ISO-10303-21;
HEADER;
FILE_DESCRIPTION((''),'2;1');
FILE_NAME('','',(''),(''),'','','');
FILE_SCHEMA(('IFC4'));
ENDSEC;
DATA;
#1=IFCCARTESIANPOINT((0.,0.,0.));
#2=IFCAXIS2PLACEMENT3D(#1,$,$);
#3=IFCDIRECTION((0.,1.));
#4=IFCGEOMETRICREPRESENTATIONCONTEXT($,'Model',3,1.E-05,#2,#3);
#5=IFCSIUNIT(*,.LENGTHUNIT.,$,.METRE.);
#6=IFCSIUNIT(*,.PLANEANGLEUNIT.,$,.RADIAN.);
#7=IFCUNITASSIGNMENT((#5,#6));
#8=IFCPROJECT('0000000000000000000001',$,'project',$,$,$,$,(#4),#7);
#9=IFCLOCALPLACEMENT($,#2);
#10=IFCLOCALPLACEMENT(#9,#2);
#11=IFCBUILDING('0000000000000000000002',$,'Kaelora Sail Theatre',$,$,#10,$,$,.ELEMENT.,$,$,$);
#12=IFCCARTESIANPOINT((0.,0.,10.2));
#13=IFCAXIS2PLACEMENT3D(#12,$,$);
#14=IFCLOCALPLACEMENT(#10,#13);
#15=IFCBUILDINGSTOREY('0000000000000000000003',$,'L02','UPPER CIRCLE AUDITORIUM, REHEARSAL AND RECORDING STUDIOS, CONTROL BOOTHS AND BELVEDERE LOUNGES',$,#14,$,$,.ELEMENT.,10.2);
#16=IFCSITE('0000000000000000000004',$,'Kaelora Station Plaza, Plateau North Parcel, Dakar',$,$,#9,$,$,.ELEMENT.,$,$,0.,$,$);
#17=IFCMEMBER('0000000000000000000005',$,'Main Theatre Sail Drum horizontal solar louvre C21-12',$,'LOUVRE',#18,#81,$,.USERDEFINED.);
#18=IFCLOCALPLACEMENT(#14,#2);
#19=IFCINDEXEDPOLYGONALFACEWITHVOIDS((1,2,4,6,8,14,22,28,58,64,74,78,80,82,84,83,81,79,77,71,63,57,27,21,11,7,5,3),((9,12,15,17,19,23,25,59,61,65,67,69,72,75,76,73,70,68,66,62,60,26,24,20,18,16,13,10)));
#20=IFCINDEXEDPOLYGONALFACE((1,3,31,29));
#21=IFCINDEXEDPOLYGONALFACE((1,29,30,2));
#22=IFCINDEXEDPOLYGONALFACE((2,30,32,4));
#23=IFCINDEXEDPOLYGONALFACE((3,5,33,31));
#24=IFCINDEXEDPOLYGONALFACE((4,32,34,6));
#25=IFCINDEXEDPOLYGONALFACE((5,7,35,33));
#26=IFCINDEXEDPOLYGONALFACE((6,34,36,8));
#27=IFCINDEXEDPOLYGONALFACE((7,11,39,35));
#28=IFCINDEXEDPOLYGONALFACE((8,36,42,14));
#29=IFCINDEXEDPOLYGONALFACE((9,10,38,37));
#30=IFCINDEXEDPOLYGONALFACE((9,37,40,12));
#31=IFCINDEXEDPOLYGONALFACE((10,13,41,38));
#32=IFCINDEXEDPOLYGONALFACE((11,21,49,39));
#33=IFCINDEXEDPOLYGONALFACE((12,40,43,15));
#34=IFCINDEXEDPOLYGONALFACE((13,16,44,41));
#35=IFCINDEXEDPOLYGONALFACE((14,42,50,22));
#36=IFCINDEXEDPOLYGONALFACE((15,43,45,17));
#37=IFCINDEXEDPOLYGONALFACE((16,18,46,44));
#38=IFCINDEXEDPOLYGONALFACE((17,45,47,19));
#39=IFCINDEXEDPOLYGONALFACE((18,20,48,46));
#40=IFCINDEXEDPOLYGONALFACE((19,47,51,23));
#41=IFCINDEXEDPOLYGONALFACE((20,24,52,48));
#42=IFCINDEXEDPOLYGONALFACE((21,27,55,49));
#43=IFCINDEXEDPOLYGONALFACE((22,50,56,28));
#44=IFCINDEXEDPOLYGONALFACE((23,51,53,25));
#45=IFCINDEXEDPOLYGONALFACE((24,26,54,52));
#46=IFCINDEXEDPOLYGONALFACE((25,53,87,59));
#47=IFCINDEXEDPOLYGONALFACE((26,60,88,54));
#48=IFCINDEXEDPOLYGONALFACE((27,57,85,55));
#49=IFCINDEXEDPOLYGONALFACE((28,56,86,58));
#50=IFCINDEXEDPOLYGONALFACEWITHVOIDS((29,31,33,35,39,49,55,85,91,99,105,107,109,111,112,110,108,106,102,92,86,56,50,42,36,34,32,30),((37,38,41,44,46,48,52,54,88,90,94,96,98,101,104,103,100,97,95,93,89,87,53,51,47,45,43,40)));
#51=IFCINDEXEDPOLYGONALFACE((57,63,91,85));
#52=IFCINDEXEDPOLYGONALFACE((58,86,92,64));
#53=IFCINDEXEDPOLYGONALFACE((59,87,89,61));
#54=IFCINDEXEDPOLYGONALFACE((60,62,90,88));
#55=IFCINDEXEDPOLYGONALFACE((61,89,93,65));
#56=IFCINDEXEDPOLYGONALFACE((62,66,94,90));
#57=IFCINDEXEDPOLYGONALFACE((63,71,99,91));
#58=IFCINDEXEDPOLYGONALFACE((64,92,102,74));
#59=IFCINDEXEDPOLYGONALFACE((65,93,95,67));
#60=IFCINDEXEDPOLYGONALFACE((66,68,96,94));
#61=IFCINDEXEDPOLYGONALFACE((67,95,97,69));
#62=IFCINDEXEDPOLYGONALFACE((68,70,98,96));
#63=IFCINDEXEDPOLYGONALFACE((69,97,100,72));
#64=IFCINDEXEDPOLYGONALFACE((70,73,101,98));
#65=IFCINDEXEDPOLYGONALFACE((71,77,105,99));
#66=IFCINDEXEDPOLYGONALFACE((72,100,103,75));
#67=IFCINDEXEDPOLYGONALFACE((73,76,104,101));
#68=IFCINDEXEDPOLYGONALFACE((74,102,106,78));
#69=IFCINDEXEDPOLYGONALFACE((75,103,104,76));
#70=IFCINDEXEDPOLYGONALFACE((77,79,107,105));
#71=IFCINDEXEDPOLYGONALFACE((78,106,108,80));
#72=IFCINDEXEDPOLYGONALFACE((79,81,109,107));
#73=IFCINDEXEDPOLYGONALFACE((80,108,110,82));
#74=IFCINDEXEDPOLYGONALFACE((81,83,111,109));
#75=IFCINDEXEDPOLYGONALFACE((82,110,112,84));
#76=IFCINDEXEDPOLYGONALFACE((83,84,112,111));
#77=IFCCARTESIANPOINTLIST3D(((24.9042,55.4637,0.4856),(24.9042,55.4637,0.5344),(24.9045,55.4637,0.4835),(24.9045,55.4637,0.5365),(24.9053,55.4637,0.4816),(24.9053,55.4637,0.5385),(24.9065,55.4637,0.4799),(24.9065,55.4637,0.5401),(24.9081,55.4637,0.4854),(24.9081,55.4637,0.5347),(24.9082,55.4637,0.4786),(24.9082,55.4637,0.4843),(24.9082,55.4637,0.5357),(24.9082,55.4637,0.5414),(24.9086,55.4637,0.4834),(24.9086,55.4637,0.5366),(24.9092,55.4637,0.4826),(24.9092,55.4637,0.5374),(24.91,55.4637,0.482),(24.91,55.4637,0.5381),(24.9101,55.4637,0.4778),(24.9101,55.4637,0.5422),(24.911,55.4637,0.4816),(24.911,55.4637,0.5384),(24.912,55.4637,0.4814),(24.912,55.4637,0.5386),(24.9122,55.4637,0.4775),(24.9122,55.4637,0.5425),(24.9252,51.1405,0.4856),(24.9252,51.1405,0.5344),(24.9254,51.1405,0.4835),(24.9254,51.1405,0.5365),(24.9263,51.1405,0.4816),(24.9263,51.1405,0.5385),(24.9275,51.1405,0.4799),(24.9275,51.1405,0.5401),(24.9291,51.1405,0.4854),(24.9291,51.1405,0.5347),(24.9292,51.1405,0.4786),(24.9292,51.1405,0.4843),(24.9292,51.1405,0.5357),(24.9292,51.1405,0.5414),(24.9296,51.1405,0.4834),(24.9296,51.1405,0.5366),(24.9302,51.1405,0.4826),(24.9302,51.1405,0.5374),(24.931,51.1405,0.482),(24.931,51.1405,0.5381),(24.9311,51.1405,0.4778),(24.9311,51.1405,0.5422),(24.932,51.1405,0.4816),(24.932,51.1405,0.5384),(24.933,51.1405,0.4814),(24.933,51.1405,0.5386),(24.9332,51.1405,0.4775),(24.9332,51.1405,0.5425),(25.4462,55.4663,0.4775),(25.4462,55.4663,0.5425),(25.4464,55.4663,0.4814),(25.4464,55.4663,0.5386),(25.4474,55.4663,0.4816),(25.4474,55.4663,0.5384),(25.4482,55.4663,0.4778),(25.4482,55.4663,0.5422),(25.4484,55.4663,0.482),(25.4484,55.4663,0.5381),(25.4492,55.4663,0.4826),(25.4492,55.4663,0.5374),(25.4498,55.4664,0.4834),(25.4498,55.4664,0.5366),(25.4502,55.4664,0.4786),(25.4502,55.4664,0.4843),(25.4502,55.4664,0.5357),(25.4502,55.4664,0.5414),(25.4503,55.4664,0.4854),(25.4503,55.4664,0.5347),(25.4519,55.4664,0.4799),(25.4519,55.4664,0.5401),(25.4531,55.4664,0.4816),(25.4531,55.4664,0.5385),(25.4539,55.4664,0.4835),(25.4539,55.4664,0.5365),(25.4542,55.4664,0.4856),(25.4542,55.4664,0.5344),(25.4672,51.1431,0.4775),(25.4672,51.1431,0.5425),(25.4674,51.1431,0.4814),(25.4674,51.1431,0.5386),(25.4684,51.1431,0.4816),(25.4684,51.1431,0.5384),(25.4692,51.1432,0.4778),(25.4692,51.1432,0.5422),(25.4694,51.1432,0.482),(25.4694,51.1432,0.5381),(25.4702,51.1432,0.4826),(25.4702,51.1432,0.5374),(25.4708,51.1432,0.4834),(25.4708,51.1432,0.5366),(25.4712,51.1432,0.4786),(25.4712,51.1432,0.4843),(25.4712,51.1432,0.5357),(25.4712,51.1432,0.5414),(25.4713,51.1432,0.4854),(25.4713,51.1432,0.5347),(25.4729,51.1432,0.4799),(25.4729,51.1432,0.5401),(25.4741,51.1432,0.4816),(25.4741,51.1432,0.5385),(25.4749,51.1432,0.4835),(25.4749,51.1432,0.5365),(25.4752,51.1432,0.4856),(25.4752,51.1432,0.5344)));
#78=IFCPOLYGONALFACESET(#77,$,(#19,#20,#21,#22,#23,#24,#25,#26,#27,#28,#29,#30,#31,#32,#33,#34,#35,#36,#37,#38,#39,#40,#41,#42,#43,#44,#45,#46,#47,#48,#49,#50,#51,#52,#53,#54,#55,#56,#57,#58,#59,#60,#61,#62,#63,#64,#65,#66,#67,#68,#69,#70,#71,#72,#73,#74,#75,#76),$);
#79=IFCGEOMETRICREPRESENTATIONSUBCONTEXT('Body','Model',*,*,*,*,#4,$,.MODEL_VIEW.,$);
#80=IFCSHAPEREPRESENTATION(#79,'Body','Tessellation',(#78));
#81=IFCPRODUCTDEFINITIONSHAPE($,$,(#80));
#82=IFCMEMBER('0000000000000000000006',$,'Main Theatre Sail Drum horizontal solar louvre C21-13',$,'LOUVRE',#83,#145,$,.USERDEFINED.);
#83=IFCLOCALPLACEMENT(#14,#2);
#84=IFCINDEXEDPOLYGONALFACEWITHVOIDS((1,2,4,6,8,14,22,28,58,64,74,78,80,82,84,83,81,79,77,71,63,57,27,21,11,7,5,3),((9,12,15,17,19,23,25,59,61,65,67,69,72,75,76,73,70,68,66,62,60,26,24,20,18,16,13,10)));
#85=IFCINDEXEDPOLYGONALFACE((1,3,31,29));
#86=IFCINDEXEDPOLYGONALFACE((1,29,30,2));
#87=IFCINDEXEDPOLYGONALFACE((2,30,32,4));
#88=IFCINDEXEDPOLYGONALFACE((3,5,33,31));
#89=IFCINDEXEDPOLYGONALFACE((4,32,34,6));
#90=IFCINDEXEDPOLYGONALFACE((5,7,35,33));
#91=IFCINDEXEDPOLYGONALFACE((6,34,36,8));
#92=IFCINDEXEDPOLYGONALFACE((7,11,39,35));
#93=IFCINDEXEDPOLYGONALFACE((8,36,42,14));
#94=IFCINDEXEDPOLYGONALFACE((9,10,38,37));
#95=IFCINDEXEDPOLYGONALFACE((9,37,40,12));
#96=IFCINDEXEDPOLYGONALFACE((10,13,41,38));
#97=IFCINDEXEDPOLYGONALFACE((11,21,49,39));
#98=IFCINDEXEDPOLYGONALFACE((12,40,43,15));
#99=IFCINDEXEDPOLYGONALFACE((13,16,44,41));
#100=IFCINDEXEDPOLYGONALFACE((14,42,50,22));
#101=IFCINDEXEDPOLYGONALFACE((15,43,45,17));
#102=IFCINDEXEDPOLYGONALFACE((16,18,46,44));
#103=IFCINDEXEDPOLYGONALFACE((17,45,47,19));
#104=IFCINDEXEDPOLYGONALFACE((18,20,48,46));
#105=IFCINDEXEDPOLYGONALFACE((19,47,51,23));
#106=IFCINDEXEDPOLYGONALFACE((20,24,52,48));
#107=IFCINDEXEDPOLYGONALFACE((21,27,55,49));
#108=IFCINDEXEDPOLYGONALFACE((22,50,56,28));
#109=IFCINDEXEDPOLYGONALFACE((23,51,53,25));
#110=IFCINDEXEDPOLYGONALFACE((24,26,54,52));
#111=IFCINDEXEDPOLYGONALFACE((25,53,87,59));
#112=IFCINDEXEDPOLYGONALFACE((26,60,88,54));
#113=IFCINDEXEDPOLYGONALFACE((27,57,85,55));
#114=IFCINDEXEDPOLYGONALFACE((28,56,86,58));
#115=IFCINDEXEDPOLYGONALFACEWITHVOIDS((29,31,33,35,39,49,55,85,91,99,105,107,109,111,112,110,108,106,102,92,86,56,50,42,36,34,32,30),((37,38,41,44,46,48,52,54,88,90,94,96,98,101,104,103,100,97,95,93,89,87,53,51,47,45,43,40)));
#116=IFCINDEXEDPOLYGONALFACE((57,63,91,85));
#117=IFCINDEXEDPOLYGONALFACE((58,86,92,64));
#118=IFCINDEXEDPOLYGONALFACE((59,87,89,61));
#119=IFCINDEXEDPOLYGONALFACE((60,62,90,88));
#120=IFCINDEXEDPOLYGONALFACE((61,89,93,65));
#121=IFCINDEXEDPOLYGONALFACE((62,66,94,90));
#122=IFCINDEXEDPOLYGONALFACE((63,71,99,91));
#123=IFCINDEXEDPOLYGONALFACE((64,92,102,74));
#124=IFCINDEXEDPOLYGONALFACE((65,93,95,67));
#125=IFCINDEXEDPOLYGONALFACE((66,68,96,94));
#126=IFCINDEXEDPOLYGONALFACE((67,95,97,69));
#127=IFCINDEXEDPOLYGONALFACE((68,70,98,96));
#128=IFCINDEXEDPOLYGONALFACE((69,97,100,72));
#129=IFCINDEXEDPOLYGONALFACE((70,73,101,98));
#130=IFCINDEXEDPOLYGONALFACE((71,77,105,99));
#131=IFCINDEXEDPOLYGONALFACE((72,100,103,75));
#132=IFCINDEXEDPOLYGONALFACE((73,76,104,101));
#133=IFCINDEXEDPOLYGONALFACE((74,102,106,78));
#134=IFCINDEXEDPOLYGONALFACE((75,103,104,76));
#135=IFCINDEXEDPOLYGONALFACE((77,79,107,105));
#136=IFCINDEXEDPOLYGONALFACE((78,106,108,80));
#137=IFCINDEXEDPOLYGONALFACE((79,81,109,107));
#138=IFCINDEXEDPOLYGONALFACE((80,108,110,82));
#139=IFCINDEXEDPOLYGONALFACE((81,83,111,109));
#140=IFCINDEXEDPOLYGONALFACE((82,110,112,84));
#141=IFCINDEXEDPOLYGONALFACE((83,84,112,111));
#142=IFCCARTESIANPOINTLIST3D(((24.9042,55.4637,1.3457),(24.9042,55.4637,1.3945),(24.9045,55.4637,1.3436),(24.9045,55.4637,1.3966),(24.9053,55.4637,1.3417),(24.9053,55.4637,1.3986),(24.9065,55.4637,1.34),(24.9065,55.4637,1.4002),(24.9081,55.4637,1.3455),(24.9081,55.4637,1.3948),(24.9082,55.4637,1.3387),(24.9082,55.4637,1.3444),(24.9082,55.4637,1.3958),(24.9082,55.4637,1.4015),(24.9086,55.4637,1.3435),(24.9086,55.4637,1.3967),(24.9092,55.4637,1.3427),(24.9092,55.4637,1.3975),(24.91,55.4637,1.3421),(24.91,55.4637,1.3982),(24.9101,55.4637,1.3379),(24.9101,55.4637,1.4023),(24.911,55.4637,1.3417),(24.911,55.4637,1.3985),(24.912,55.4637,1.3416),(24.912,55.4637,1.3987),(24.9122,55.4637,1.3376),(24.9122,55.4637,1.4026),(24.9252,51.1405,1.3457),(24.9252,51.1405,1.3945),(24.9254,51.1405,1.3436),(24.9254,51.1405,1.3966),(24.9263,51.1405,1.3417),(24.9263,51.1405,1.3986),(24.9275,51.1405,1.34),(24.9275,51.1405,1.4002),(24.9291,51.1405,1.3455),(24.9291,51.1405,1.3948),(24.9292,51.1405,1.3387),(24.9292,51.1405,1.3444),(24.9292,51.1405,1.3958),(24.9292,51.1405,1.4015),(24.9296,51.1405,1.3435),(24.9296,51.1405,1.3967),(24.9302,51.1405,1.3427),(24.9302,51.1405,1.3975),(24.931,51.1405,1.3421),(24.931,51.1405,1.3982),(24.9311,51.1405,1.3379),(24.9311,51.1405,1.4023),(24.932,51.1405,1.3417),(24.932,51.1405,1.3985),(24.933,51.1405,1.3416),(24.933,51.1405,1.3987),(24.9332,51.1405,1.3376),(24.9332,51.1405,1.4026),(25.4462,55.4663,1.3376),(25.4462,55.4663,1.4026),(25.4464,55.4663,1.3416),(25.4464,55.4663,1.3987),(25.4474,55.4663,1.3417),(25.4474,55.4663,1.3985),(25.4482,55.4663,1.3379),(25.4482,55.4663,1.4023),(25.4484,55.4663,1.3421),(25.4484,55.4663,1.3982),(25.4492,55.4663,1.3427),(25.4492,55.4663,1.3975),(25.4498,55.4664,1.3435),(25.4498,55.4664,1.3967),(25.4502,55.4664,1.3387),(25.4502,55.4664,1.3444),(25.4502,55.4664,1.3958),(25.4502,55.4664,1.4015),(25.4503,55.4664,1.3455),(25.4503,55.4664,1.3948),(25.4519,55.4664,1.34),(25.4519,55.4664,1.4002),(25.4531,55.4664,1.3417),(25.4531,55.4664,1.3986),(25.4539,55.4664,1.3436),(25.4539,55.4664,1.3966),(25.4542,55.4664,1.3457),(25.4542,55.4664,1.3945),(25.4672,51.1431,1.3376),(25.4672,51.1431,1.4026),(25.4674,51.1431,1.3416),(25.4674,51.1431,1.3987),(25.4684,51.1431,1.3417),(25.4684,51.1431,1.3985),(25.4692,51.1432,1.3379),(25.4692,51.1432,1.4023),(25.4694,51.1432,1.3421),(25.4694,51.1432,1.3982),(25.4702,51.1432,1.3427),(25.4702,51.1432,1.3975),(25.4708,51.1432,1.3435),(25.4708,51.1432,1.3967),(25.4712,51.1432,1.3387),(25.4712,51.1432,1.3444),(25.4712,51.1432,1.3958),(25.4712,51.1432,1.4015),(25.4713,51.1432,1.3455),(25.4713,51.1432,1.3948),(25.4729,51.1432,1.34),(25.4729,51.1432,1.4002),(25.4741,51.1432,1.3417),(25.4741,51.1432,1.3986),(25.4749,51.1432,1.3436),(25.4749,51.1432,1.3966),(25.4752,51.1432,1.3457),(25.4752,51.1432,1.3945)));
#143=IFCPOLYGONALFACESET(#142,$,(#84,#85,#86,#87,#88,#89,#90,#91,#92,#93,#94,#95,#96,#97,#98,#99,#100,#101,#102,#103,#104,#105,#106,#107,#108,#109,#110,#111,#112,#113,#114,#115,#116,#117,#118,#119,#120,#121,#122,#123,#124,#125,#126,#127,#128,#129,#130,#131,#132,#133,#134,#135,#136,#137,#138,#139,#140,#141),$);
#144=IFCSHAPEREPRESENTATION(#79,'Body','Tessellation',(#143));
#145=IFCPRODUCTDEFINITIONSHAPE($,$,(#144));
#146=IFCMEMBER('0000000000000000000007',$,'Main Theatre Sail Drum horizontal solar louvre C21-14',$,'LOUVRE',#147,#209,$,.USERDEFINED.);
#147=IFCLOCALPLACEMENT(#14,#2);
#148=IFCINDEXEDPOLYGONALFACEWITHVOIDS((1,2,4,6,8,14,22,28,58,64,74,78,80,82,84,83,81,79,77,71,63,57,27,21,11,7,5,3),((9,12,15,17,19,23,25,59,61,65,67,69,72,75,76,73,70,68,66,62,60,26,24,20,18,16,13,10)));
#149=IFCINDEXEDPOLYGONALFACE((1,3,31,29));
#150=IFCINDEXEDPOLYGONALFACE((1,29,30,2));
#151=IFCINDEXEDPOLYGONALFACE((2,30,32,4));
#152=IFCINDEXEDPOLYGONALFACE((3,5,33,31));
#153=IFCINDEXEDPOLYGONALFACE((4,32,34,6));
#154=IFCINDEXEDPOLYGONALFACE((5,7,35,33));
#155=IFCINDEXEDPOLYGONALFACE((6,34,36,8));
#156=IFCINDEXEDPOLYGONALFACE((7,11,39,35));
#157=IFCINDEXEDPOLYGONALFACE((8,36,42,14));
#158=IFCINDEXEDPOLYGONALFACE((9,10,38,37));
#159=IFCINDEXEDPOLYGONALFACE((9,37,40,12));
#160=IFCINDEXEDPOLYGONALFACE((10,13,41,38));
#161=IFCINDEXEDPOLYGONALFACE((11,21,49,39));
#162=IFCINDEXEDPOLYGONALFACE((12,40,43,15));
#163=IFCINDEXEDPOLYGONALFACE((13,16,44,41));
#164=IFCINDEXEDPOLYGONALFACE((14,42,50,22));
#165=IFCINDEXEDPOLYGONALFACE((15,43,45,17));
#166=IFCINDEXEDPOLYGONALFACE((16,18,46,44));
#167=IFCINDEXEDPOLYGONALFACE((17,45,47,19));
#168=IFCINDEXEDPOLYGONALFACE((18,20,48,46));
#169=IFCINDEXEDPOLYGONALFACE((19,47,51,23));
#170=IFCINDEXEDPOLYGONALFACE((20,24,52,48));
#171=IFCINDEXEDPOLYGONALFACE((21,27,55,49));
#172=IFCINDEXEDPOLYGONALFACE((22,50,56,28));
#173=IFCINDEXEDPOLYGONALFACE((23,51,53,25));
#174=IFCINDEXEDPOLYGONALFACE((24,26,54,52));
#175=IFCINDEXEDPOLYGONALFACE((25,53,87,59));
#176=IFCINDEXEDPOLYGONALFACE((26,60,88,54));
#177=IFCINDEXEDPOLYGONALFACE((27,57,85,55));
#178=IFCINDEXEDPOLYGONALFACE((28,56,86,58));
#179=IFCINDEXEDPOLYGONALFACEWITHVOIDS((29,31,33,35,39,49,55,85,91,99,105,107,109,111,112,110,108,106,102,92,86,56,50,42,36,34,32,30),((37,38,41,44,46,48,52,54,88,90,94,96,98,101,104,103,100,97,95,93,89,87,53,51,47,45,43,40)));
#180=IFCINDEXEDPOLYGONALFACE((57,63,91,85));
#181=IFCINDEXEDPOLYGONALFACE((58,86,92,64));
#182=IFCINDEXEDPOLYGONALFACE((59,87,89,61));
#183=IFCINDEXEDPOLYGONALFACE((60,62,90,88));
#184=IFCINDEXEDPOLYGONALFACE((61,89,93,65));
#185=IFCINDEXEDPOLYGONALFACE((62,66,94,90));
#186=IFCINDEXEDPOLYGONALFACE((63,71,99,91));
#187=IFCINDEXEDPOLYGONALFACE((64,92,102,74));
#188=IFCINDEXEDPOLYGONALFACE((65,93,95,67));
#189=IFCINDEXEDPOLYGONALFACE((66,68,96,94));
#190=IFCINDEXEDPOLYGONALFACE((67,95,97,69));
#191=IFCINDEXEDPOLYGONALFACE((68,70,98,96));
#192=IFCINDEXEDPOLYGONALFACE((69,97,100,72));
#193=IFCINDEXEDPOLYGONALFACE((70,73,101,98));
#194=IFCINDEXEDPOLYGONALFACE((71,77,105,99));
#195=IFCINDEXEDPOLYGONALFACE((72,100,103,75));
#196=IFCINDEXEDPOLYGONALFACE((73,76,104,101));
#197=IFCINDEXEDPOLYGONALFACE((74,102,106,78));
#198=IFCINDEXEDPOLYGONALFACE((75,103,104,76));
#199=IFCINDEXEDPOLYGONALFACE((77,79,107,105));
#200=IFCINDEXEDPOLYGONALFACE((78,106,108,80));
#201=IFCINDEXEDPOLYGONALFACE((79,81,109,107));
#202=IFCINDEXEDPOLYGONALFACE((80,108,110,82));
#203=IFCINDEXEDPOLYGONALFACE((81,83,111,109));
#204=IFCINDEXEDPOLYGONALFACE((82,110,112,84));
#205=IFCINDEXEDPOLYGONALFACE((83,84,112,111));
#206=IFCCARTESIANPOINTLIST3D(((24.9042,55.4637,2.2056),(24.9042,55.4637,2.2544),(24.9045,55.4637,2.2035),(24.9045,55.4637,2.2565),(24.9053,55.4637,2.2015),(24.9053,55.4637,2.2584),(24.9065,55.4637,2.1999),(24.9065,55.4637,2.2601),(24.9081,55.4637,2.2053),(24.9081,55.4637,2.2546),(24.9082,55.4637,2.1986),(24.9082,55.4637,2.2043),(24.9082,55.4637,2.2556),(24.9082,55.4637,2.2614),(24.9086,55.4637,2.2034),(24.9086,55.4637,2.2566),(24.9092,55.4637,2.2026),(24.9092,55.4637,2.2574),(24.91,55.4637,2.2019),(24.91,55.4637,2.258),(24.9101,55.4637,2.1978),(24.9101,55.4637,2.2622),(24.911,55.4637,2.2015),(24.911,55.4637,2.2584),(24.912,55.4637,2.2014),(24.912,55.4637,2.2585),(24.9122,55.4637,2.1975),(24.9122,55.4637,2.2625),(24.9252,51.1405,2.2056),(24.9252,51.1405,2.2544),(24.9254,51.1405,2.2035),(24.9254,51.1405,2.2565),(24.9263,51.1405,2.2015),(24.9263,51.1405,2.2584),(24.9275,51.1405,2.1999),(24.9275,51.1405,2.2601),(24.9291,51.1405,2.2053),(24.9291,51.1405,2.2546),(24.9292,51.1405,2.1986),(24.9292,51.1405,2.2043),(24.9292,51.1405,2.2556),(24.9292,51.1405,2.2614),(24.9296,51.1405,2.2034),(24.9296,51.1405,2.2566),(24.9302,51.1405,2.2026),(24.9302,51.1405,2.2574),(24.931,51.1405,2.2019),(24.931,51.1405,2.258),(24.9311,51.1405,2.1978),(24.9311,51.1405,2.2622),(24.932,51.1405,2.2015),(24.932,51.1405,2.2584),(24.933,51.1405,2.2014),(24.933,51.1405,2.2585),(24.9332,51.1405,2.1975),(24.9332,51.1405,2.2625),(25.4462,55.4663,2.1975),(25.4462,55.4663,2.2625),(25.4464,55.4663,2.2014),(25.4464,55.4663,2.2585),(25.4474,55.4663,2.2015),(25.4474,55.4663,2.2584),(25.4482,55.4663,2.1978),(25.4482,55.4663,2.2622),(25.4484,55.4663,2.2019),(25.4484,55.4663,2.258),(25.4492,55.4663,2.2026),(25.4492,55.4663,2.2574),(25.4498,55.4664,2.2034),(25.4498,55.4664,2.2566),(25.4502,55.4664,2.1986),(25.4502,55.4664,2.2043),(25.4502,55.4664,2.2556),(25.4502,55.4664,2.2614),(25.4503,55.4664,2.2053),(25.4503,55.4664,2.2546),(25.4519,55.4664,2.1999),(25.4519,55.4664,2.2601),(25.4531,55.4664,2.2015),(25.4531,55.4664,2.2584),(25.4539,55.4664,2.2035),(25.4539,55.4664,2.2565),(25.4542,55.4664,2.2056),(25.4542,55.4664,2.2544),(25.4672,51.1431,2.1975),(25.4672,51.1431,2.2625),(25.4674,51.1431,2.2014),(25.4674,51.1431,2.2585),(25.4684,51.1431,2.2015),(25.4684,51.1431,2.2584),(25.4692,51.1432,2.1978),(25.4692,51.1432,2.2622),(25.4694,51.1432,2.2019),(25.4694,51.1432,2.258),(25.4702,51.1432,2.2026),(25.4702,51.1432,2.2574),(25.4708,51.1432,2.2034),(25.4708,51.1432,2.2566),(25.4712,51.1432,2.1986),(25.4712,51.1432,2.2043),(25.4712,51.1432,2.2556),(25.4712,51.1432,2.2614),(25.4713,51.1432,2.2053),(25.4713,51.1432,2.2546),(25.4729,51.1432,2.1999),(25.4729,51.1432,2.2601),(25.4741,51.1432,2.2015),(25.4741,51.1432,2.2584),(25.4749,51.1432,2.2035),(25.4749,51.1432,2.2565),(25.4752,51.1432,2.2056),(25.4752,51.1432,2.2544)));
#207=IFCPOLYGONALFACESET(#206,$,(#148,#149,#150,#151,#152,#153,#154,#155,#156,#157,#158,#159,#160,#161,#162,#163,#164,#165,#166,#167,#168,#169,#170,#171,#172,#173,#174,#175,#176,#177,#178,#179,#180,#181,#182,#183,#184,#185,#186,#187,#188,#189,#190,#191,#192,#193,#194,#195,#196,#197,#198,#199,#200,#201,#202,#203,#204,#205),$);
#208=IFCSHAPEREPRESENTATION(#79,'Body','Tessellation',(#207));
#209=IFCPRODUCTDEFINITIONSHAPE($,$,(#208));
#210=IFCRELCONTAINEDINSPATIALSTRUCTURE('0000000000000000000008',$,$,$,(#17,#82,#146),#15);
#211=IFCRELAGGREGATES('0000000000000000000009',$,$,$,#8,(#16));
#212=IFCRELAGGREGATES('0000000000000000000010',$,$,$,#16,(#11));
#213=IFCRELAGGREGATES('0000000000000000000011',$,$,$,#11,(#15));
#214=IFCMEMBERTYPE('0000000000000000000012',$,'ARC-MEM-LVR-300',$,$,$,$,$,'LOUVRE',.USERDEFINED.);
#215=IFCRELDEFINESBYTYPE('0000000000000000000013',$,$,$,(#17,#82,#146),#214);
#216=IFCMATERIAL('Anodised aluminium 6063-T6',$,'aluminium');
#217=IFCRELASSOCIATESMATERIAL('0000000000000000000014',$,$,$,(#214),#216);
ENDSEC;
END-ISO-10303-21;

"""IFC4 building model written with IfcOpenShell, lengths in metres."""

from ifc_helpers import new_model, si_unit, direction, frame, origin, origin_2d, place, context, subcontext, project, spatial, hollow_rectangle, extrude, material, material_profile, profile_set, type_object, element, save


model = new_model("IFC4")

# Units and contexts
model_context = context("Model", 3, precision=1e-05, world=origin(), true_north=direction((0.0, 1.0)))
body_context = subcontext(model_context, "Body", "Model", "MODEL_VIEW")
ifc_project = project(units=[si_unit("LENGTHUNIT", "METRE"), si_unit("PLANEANGLEUNIT", "RADIAN")], contexts=[model_context])

# Site, building, storey
site_placement = place(None, origin())
site = spatial("IfcSite", under=ifc_project, at=site_placement, Name="Kaelora Station Plaza, Plateau North Parcel, Dakar", CompositionType="ELEMENT", RefElevation=0.0)
building_placement = place(site_placement, origin())
building = spatial("IfcBuilding", under=site, at=building_placement, Name="Kaelora Sail Theatre", CompositionType="ELEMENT")
storey_placement = place(building_placement, frame((0.0, 0.0, 10.2)))
storey = spatial("IfcBuildingStorey", under=building, at=storey_placement, Name="L02", Description="UPPER CIRCLE AUDITORIUM, REHEARSAL AND RECORDING STUDIOS, CONTROL BOOTHS AND BELVEDERE LOUNGES", CompositionType="ELEMENT", Elevation=10.2)

# Members
ifc_material_1 = material(Name="Anodised aluminium 6063-T6", Category="aluminium")
ifc_material_profile_1 = material_profile(ifc_material_1, hollow_rectangle(XDim=0.55, YDim=0.0649, WallThickness=0.0039, InnerFilletRadius=0.0039, OuterFilletRadius=0.0081, at=origin_2d()), Name="LOUVRE 550x65x4")
ifc_profile_set_1 = profile_set([ifc_material_profile_1], Name="Anodised aluminium 6063-T6")
member_type = type_object("IfcMemberType", Name="ARC-MEM-LVR-300", ElementType="LOUVRE", PredefinedType="USERDEFINED", material=ifc_profile_set_1)
for number, where, z_axis, x_axis, name in (
    (1, (25.2002, 51.1418, 0.51), (-0.004857, 0.999988, 0.0), (-0.999988, -0.004857, 0.0), "Main Theatre Sail Drum horizontal solar louvre C21-12"),
    (2, (25.2002, 51.1418, 1.3701), (-0.004857, 0.999988, 0.0), (-0.999988, -0.004857, 0.0), "Main Theatre Sail Drum horizontal solar louvre C21-13"),
    (3, (25.2002, 51.1418, 2.23), (-0.004857, 0.999988, 0.0), (-0.999988, -0.004857, 0.0), "Main Theatre Sail Drum horizontal solar louvre C21-14"),
):
    element("IfcMember", number, at=place(storey_placement, frame(where, z_axis=z_axis, x_axis=x_axis)), inside=storey, type_object=member_type, Name=name, ObjectType="LOUVRE", PredefinedType="USERDEFINED", context=body_context, shape_type="SweptSolid", body=[
        extrude(hollow_rectangle(XDim=0.55, YDim=0.0649, WallThickness=0.0039, InnerFilletRadius=0.0039, OuterFilletRadius=0.0081, at=origin_2d()), origin(), (0.0, 0.0, 1.0), 4.3232),
    ])

save(model, "model.ifc")
